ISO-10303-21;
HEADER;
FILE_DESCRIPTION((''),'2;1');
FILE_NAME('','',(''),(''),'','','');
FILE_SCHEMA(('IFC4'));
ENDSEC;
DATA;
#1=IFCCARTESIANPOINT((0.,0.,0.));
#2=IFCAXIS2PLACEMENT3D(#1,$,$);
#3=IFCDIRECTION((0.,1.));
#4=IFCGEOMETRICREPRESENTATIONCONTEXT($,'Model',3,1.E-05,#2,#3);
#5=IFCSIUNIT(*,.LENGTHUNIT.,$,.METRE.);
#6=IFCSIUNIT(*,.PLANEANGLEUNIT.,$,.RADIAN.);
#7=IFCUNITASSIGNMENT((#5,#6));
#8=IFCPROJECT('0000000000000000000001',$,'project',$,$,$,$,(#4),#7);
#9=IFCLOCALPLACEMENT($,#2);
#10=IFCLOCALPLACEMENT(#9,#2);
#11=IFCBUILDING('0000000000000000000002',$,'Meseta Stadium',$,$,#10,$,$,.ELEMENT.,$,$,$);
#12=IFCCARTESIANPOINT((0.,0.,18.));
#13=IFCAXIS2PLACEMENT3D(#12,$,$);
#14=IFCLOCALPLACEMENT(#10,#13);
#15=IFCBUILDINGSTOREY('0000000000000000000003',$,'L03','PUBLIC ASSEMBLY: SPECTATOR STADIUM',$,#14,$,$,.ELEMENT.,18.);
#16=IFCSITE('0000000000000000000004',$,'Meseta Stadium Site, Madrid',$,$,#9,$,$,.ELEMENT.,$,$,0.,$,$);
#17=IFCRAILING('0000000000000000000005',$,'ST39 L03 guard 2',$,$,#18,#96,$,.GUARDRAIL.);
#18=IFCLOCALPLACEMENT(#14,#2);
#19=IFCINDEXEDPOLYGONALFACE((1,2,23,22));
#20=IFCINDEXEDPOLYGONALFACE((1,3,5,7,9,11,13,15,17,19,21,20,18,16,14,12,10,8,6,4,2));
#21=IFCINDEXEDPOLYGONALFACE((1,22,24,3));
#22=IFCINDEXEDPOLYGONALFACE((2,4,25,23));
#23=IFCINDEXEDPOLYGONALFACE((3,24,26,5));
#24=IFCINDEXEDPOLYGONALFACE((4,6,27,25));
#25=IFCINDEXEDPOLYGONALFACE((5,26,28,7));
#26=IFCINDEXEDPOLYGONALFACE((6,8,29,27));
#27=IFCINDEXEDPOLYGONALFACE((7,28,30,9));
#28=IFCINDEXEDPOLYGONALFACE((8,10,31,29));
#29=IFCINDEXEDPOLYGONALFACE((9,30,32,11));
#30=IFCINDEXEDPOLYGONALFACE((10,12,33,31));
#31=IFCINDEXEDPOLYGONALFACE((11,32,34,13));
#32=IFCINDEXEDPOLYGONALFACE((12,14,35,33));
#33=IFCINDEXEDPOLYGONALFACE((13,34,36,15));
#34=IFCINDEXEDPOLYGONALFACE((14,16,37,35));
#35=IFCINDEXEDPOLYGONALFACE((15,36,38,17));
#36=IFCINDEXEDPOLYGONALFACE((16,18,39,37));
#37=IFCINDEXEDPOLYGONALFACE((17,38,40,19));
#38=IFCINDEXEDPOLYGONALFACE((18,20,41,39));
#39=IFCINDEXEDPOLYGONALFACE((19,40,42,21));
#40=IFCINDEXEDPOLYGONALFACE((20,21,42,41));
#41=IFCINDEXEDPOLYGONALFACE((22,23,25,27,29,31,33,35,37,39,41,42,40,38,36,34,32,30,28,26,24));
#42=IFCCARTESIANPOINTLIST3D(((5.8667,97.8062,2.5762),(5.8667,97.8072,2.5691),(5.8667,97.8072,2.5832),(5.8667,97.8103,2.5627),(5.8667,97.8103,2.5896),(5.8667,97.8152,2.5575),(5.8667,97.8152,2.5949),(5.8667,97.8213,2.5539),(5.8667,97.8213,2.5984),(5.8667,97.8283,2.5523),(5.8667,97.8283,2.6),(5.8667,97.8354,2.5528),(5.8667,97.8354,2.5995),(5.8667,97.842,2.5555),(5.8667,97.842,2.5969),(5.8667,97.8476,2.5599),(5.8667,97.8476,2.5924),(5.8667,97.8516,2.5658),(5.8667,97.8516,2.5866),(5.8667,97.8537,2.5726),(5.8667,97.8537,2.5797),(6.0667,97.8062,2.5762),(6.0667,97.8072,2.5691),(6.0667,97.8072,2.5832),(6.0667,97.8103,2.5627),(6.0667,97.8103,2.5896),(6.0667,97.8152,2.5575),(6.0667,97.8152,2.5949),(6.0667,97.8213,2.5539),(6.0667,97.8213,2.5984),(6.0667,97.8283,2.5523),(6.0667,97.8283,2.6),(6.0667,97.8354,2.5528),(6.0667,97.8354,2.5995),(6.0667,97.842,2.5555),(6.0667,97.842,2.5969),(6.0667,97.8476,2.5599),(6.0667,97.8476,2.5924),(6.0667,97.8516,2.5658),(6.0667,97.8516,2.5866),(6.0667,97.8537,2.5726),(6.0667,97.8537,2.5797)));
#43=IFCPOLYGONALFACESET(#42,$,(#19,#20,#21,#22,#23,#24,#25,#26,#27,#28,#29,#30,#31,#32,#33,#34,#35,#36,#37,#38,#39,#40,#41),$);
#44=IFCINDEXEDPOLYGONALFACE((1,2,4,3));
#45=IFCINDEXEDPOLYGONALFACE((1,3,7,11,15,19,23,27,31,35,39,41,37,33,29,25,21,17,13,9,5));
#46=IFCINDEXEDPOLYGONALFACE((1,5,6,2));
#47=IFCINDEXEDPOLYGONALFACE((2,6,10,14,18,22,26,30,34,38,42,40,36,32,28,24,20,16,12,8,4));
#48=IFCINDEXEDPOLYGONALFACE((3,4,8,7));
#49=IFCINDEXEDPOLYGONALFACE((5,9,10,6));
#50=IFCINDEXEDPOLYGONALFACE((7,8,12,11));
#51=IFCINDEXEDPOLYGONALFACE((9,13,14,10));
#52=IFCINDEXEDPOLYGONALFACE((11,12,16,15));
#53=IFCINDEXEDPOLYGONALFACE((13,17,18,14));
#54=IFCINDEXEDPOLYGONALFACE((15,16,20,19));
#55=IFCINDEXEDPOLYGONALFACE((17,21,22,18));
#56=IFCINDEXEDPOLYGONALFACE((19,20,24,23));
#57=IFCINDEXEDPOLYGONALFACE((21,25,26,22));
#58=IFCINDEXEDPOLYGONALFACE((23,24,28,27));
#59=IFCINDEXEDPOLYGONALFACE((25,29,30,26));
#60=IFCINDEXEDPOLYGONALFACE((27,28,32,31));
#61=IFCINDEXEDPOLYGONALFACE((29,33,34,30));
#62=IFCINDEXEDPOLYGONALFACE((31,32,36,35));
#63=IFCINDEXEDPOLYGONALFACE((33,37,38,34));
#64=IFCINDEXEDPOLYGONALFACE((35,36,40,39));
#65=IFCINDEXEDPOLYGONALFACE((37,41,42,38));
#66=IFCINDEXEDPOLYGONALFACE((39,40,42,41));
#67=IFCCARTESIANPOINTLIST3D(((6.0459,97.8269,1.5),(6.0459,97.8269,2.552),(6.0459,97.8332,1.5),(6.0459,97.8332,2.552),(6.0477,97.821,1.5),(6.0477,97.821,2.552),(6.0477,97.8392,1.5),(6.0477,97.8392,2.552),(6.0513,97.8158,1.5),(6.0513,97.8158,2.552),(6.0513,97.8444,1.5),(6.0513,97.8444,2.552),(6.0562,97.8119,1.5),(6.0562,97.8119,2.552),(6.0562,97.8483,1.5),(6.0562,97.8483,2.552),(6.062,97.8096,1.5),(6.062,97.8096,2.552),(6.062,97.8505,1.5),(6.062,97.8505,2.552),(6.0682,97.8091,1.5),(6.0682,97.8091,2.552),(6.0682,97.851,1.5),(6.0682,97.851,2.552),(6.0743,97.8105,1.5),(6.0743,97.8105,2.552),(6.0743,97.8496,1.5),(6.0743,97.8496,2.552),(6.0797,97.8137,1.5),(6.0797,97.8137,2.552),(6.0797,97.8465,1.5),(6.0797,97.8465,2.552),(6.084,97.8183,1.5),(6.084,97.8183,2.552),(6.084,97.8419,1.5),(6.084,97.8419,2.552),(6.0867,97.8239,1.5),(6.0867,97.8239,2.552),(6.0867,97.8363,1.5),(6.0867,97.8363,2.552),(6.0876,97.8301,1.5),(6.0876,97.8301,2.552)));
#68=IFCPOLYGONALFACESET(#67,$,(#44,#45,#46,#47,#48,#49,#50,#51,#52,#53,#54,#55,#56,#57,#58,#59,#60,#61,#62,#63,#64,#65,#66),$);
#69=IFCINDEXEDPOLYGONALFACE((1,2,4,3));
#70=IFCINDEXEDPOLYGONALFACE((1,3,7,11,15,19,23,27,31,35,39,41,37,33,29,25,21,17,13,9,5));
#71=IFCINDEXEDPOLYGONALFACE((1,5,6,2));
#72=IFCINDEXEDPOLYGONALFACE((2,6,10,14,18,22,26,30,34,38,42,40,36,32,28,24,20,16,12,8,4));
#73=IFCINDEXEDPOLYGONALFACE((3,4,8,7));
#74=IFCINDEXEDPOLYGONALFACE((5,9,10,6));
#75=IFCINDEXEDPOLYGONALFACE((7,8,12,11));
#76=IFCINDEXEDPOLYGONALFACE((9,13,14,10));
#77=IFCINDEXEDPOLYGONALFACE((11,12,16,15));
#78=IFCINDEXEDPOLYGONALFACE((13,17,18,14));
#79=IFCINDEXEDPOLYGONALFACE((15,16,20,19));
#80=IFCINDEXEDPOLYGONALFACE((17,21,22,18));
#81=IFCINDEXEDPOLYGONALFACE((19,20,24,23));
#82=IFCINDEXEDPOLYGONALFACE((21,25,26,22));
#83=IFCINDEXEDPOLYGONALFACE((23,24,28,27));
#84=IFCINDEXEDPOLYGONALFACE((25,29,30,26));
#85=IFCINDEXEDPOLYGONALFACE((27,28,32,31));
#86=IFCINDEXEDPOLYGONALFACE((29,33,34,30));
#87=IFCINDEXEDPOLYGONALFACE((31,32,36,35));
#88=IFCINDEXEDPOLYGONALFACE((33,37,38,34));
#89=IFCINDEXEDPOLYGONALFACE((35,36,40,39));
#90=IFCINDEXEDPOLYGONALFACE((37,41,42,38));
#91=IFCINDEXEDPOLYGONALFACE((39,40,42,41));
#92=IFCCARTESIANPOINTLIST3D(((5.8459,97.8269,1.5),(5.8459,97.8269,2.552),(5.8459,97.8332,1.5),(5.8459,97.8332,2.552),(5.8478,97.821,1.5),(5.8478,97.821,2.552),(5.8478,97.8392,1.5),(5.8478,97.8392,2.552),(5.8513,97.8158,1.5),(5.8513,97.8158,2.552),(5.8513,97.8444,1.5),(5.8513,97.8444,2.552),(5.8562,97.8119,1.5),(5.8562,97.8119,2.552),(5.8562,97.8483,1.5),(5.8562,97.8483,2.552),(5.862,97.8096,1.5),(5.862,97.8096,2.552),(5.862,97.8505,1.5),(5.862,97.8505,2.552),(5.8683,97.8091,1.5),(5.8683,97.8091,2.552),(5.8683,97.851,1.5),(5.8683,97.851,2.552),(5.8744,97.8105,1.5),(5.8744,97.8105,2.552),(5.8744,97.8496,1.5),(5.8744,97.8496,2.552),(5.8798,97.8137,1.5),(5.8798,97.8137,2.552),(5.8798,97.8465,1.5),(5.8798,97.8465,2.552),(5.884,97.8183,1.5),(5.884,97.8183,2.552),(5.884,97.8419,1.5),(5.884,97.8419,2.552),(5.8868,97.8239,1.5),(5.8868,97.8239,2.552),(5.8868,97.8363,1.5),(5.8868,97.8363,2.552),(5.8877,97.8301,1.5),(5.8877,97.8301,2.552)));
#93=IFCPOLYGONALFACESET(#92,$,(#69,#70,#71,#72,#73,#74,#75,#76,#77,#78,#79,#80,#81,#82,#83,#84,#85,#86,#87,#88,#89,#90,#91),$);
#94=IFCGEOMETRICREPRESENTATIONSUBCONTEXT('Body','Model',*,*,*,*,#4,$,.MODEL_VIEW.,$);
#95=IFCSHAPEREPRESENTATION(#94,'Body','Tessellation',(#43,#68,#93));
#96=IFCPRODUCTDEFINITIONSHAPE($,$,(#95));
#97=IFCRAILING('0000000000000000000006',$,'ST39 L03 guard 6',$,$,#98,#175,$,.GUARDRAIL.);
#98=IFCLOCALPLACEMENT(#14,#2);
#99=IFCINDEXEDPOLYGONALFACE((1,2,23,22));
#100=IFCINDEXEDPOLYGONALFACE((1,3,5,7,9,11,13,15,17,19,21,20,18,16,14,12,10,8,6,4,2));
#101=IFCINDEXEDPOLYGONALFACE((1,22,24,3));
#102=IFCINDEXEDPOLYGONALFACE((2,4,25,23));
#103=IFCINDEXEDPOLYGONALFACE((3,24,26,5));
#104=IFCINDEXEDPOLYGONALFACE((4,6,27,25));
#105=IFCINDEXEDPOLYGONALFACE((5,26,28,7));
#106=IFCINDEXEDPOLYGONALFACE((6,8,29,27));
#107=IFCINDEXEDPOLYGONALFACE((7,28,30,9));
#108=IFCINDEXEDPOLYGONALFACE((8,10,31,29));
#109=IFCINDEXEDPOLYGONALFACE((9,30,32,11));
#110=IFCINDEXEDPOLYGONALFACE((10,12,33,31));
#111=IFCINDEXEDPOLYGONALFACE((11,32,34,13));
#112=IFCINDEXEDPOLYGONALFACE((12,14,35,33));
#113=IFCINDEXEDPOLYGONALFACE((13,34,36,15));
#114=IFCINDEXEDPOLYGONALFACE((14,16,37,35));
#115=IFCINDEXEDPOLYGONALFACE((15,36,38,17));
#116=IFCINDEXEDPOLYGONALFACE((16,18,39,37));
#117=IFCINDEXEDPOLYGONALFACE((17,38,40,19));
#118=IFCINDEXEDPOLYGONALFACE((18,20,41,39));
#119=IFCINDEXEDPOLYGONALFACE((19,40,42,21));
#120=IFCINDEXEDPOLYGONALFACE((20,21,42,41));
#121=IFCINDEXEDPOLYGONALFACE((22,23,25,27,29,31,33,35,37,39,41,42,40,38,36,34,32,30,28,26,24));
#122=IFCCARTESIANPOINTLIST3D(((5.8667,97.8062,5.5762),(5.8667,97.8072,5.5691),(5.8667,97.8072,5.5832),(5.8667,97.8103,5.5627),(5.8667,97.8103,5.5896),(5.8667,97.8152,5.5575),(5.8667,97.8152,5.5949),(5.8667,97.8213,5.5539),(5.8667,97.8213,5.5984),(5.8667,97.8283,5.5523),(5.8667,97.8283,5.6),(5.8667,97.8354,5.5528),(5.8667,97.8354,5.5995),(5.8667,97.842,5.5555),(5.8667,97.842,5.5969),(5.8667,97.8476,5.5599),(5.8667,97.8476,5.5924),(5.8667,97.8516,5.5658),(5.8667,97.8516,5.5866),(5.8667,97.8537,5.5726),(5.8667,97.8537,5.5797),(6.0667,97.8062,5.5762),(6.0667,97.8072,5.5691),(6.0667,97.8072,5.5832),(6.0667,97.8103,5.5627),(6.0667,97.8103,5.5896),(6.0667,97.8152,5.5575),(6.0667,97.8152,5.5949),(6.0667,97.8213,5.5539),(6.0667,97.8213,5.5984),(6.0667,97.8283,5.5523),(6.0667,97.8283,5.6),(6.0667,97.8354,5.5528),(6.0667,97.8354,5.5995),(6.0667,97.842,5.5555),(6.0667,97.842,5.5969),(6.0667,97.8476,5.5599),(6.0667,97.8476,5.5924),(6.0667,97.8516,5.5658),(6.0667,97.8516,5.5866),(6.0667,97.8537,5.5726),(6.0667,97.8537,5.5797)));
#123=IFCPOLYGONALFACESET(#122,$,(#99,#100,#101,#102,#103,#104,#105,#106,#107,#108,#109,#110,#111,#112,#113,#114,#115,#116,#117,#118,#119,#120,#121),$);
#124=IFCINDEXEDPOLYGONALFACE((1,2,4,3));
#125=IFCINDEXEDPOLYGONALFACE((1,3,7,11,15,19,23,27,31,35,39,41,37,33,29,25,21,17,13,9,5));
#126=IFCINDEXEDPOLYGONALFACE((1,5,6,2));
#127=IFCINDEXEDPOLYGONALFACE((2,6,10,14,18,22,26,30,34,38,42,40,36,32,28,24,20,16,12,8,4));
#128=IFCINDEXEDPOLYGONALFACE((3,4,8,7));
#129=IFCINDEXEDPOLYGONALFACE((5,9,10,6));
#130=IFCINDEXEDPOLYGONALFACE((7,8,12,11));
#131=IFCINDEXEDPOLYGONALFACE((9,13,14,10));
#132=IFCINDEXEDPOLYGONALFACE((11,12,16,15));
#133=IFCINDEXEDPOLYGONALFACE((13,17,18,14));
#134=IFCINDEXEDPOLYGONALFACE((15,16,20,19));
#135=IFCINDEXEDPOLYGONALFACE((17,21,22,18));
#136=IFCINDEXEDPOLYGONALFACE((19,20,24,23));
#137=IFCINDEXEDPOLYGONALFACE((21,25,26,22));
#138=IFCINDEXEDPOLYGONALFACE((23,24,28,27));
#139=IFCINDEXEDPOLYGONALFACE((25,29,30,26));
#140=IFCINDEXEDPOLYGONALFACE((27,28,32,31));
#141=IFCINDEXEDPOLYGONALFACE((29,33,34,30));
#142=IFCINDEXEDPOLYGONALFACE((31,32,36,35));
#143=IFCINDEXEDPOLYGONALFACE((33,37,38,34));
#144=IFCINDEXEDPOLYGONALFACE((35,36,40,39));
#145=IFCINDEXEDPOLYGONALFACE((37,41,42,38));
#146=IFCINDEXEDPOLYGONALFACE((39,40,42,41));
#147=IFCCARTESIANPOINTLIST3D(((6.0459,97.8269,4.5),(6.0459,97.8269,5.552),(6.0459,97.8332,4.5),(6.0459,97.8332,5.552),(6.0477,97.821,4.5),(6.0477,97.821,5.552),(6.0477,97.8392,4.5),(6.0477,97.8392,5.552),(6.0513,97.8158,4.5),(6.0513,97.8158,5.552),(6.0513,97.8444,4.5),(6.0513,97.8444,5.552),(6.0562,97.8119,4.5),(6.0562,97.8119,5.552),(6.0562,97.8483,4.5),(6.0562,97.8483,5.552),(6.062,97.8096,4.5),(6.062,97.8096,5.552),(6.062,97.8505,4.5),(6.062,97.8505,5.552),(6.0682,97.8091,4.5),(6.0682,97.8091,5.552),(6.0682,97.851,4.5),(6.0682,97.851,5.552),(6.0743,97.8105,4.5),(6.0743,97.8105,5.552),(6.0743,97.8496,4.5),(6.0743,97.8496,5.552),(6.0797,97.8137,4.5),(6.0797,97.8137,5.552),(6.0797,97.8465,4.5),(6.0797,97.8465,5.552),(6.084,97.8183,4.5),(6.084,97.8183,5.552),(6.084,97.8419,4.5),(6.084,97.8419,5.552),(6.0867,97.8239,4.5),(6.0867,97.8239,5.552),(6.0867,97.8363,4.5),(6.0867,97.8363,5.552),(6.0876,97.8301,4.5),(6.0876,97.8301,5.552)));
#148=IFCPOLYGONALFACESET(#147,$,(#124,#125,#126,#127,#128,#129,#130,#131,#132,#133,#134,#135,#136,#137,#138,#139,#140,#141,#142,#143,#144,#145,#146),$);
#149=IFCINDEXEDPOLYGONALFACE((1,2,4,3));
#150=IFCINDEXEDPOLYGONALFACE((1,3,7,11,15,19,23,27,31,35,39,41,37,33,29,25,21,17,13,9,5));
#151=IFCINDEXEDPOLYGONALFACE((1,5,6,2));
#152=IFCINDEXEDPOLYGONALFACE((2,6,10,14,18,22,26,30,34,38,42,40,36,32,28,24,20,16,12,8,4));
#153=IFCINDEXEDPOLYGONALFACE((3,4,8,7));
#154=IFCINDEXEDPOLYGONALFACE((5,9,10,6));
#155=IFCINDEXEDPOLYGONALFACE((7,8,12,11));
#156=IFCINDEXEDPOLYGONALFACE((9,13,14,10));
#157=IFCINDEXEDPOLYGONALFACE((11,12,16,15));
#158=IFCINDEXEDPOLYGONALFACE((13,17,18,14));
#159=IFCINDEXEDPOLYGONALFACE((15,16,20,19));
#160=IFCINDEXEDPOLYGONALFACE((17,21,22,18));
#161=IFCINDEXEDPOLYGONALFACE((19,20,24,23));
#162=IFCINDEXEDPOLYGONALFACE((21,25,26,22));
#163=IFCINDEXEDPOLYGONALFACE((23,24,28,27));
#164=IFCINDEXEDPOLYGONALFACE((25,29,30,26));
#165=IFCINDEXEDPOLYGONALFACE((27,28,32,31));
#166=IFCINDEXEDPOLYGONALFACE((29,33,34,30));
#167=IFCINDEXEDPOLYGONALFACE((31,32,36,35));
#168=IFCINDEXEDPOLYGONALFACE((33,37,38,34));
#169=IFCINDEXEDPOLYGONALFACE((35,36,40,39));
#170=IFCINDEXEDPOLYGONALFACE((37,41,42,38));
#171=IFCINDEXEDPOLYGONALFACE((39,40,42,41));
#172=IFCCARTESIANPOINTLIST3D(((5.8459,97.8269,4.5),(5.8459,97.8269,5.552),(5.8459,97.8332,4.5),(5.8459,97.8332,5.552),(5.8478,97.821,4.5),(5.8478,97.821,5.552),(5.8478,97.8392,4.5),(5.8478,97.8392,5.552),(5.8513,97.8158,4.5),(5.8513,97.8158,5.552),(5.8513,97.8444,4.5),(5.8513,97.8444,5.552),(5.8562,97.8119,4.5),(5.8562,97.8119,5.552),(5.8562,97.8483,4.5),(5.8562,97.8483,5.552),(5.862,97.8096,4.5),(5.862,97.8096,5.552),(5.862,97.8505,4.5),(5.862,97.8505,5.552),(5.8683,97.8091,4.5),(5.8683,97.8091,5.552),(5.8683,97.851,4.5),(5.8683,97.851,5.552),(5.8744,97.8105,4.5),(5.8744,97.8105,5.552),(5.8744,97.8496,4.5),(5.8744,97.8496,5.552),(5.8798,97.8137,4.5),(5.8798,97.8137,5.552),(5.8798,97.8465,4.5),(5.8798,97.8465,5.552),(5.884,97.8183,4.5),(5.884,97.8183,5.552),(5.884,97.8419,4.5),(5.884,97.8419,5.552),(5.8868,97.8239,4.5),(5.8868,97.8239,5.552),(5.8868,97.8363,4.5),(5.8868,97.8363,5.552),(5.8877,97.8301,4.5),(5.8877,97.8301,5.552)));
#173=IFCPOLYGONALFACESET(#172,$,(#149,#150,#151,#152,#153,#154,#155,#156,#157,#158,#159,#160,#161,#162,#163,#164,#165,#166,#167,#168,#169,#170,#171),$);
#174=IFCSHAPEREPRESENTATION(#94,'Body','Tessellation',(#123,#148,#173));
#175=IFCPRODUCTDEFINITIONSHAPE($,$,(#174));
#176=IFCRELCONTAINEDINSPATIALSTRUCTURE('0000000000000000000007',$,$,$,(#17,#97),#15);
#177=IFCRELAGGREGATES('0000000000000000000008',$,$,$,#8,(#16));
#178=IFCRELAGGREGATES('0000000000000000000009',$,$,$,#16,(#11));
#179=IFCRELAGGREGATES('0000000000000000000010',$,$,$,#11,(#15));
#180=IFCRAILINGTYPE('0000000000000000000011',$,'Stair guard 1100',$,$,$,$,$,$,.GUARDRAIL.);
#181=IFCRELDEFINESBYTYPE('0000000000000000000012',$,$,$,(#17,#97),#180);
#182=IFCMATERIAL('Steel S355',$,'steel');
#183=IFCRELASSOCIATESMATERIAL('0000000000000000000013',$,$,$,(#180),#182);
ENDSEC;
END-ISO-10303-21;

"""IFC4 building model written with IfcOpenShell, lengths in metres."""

from ifc_helpers import new_model, si_unit, direction, frame, origin, origin_2d, place, context, subcontext, project, spatial, circle, extrude, material, type_object, element, save


model = new_model("IFC4")

# Units and contexts
model_context = context("Model", 3, precision=1e-05, world=origin(), true_north=direction((0.0, 1.0)))
body_context = subcontext(model_context, "Body", "Model", "MODEL_VIEW")
ifc_project = project(units=[si_unit("LENGTHUNIT", "METRE"), si_unit("PLANEANGLEUNIT", "RADIAN")], contexts=[model_context])

# Site, building, storey
site_placement = place(None, origin())
site = spatial("IfcSite", under=ifc_project, at=site_placement, Name="Meseta Stadium Site, Madrid", CompositionType="ELEMENT", RefElevation=0.0)
building_placement = place(site_placement, origin())
building = spatial("IfcBuilding", under=site, at=building_placement, Name="Meseta Stadium", CompositionType="ELEMENT")
storey_placement = place(building_placement, frame((0.0, 0.0, 18.0)))
storey = spatial("IfcBuildingStorey", under=building, at=storey_placement, Name="L03", Description="PUBLIC ASSEMBLY: SPECTATOR STADIUM", CompositionType="ELEMENT", Elevation=18.0)

# Railings
ifc_material_1 = material(Name="Steel S355", Category="steel")
railing_type = type_object("IfcRailingType", Name="Stair guard 1100", PredefinedType="GUARDRAIL", material=ifc_material_1)
for number, where, name in (
    (1, (6.0667, 97.8301, 1.5), "ST39 L03 guard 2"),
    (2, (6.0667, 97.8301, 4.5), "ST39 L03 guard 6"),
):
    element("IfcRailing", number, at=place(storey_placement, frame(where)), inside=storey, type_object=railing_type, Name=name, PredefinedType="GUARDRAIL", context=body_context, shape_type="SweptSolid", body=[
        extrude(circle(Radius=0.0239, at=origin_2d()), frame((0.0, 0.0, 1.0762), z_axis=(-1.0, 0.0, 0.0), x_axis=(0.0, -1.0, 0.0)), (0.0, 0.0, 1.0), 0.2),
        extrude(circle(Radius=0.021, at=origin_2d()), origin(), (0.0, 0.0, 1.0), 1.052),
        extrude(circle(Radius=0.021, at=origin_2d()), frame((-0.2, 0.0, 0.0)), (0.0, 0.0, 1.0), 1.052),
    ])

save(model, "model.ifc")
